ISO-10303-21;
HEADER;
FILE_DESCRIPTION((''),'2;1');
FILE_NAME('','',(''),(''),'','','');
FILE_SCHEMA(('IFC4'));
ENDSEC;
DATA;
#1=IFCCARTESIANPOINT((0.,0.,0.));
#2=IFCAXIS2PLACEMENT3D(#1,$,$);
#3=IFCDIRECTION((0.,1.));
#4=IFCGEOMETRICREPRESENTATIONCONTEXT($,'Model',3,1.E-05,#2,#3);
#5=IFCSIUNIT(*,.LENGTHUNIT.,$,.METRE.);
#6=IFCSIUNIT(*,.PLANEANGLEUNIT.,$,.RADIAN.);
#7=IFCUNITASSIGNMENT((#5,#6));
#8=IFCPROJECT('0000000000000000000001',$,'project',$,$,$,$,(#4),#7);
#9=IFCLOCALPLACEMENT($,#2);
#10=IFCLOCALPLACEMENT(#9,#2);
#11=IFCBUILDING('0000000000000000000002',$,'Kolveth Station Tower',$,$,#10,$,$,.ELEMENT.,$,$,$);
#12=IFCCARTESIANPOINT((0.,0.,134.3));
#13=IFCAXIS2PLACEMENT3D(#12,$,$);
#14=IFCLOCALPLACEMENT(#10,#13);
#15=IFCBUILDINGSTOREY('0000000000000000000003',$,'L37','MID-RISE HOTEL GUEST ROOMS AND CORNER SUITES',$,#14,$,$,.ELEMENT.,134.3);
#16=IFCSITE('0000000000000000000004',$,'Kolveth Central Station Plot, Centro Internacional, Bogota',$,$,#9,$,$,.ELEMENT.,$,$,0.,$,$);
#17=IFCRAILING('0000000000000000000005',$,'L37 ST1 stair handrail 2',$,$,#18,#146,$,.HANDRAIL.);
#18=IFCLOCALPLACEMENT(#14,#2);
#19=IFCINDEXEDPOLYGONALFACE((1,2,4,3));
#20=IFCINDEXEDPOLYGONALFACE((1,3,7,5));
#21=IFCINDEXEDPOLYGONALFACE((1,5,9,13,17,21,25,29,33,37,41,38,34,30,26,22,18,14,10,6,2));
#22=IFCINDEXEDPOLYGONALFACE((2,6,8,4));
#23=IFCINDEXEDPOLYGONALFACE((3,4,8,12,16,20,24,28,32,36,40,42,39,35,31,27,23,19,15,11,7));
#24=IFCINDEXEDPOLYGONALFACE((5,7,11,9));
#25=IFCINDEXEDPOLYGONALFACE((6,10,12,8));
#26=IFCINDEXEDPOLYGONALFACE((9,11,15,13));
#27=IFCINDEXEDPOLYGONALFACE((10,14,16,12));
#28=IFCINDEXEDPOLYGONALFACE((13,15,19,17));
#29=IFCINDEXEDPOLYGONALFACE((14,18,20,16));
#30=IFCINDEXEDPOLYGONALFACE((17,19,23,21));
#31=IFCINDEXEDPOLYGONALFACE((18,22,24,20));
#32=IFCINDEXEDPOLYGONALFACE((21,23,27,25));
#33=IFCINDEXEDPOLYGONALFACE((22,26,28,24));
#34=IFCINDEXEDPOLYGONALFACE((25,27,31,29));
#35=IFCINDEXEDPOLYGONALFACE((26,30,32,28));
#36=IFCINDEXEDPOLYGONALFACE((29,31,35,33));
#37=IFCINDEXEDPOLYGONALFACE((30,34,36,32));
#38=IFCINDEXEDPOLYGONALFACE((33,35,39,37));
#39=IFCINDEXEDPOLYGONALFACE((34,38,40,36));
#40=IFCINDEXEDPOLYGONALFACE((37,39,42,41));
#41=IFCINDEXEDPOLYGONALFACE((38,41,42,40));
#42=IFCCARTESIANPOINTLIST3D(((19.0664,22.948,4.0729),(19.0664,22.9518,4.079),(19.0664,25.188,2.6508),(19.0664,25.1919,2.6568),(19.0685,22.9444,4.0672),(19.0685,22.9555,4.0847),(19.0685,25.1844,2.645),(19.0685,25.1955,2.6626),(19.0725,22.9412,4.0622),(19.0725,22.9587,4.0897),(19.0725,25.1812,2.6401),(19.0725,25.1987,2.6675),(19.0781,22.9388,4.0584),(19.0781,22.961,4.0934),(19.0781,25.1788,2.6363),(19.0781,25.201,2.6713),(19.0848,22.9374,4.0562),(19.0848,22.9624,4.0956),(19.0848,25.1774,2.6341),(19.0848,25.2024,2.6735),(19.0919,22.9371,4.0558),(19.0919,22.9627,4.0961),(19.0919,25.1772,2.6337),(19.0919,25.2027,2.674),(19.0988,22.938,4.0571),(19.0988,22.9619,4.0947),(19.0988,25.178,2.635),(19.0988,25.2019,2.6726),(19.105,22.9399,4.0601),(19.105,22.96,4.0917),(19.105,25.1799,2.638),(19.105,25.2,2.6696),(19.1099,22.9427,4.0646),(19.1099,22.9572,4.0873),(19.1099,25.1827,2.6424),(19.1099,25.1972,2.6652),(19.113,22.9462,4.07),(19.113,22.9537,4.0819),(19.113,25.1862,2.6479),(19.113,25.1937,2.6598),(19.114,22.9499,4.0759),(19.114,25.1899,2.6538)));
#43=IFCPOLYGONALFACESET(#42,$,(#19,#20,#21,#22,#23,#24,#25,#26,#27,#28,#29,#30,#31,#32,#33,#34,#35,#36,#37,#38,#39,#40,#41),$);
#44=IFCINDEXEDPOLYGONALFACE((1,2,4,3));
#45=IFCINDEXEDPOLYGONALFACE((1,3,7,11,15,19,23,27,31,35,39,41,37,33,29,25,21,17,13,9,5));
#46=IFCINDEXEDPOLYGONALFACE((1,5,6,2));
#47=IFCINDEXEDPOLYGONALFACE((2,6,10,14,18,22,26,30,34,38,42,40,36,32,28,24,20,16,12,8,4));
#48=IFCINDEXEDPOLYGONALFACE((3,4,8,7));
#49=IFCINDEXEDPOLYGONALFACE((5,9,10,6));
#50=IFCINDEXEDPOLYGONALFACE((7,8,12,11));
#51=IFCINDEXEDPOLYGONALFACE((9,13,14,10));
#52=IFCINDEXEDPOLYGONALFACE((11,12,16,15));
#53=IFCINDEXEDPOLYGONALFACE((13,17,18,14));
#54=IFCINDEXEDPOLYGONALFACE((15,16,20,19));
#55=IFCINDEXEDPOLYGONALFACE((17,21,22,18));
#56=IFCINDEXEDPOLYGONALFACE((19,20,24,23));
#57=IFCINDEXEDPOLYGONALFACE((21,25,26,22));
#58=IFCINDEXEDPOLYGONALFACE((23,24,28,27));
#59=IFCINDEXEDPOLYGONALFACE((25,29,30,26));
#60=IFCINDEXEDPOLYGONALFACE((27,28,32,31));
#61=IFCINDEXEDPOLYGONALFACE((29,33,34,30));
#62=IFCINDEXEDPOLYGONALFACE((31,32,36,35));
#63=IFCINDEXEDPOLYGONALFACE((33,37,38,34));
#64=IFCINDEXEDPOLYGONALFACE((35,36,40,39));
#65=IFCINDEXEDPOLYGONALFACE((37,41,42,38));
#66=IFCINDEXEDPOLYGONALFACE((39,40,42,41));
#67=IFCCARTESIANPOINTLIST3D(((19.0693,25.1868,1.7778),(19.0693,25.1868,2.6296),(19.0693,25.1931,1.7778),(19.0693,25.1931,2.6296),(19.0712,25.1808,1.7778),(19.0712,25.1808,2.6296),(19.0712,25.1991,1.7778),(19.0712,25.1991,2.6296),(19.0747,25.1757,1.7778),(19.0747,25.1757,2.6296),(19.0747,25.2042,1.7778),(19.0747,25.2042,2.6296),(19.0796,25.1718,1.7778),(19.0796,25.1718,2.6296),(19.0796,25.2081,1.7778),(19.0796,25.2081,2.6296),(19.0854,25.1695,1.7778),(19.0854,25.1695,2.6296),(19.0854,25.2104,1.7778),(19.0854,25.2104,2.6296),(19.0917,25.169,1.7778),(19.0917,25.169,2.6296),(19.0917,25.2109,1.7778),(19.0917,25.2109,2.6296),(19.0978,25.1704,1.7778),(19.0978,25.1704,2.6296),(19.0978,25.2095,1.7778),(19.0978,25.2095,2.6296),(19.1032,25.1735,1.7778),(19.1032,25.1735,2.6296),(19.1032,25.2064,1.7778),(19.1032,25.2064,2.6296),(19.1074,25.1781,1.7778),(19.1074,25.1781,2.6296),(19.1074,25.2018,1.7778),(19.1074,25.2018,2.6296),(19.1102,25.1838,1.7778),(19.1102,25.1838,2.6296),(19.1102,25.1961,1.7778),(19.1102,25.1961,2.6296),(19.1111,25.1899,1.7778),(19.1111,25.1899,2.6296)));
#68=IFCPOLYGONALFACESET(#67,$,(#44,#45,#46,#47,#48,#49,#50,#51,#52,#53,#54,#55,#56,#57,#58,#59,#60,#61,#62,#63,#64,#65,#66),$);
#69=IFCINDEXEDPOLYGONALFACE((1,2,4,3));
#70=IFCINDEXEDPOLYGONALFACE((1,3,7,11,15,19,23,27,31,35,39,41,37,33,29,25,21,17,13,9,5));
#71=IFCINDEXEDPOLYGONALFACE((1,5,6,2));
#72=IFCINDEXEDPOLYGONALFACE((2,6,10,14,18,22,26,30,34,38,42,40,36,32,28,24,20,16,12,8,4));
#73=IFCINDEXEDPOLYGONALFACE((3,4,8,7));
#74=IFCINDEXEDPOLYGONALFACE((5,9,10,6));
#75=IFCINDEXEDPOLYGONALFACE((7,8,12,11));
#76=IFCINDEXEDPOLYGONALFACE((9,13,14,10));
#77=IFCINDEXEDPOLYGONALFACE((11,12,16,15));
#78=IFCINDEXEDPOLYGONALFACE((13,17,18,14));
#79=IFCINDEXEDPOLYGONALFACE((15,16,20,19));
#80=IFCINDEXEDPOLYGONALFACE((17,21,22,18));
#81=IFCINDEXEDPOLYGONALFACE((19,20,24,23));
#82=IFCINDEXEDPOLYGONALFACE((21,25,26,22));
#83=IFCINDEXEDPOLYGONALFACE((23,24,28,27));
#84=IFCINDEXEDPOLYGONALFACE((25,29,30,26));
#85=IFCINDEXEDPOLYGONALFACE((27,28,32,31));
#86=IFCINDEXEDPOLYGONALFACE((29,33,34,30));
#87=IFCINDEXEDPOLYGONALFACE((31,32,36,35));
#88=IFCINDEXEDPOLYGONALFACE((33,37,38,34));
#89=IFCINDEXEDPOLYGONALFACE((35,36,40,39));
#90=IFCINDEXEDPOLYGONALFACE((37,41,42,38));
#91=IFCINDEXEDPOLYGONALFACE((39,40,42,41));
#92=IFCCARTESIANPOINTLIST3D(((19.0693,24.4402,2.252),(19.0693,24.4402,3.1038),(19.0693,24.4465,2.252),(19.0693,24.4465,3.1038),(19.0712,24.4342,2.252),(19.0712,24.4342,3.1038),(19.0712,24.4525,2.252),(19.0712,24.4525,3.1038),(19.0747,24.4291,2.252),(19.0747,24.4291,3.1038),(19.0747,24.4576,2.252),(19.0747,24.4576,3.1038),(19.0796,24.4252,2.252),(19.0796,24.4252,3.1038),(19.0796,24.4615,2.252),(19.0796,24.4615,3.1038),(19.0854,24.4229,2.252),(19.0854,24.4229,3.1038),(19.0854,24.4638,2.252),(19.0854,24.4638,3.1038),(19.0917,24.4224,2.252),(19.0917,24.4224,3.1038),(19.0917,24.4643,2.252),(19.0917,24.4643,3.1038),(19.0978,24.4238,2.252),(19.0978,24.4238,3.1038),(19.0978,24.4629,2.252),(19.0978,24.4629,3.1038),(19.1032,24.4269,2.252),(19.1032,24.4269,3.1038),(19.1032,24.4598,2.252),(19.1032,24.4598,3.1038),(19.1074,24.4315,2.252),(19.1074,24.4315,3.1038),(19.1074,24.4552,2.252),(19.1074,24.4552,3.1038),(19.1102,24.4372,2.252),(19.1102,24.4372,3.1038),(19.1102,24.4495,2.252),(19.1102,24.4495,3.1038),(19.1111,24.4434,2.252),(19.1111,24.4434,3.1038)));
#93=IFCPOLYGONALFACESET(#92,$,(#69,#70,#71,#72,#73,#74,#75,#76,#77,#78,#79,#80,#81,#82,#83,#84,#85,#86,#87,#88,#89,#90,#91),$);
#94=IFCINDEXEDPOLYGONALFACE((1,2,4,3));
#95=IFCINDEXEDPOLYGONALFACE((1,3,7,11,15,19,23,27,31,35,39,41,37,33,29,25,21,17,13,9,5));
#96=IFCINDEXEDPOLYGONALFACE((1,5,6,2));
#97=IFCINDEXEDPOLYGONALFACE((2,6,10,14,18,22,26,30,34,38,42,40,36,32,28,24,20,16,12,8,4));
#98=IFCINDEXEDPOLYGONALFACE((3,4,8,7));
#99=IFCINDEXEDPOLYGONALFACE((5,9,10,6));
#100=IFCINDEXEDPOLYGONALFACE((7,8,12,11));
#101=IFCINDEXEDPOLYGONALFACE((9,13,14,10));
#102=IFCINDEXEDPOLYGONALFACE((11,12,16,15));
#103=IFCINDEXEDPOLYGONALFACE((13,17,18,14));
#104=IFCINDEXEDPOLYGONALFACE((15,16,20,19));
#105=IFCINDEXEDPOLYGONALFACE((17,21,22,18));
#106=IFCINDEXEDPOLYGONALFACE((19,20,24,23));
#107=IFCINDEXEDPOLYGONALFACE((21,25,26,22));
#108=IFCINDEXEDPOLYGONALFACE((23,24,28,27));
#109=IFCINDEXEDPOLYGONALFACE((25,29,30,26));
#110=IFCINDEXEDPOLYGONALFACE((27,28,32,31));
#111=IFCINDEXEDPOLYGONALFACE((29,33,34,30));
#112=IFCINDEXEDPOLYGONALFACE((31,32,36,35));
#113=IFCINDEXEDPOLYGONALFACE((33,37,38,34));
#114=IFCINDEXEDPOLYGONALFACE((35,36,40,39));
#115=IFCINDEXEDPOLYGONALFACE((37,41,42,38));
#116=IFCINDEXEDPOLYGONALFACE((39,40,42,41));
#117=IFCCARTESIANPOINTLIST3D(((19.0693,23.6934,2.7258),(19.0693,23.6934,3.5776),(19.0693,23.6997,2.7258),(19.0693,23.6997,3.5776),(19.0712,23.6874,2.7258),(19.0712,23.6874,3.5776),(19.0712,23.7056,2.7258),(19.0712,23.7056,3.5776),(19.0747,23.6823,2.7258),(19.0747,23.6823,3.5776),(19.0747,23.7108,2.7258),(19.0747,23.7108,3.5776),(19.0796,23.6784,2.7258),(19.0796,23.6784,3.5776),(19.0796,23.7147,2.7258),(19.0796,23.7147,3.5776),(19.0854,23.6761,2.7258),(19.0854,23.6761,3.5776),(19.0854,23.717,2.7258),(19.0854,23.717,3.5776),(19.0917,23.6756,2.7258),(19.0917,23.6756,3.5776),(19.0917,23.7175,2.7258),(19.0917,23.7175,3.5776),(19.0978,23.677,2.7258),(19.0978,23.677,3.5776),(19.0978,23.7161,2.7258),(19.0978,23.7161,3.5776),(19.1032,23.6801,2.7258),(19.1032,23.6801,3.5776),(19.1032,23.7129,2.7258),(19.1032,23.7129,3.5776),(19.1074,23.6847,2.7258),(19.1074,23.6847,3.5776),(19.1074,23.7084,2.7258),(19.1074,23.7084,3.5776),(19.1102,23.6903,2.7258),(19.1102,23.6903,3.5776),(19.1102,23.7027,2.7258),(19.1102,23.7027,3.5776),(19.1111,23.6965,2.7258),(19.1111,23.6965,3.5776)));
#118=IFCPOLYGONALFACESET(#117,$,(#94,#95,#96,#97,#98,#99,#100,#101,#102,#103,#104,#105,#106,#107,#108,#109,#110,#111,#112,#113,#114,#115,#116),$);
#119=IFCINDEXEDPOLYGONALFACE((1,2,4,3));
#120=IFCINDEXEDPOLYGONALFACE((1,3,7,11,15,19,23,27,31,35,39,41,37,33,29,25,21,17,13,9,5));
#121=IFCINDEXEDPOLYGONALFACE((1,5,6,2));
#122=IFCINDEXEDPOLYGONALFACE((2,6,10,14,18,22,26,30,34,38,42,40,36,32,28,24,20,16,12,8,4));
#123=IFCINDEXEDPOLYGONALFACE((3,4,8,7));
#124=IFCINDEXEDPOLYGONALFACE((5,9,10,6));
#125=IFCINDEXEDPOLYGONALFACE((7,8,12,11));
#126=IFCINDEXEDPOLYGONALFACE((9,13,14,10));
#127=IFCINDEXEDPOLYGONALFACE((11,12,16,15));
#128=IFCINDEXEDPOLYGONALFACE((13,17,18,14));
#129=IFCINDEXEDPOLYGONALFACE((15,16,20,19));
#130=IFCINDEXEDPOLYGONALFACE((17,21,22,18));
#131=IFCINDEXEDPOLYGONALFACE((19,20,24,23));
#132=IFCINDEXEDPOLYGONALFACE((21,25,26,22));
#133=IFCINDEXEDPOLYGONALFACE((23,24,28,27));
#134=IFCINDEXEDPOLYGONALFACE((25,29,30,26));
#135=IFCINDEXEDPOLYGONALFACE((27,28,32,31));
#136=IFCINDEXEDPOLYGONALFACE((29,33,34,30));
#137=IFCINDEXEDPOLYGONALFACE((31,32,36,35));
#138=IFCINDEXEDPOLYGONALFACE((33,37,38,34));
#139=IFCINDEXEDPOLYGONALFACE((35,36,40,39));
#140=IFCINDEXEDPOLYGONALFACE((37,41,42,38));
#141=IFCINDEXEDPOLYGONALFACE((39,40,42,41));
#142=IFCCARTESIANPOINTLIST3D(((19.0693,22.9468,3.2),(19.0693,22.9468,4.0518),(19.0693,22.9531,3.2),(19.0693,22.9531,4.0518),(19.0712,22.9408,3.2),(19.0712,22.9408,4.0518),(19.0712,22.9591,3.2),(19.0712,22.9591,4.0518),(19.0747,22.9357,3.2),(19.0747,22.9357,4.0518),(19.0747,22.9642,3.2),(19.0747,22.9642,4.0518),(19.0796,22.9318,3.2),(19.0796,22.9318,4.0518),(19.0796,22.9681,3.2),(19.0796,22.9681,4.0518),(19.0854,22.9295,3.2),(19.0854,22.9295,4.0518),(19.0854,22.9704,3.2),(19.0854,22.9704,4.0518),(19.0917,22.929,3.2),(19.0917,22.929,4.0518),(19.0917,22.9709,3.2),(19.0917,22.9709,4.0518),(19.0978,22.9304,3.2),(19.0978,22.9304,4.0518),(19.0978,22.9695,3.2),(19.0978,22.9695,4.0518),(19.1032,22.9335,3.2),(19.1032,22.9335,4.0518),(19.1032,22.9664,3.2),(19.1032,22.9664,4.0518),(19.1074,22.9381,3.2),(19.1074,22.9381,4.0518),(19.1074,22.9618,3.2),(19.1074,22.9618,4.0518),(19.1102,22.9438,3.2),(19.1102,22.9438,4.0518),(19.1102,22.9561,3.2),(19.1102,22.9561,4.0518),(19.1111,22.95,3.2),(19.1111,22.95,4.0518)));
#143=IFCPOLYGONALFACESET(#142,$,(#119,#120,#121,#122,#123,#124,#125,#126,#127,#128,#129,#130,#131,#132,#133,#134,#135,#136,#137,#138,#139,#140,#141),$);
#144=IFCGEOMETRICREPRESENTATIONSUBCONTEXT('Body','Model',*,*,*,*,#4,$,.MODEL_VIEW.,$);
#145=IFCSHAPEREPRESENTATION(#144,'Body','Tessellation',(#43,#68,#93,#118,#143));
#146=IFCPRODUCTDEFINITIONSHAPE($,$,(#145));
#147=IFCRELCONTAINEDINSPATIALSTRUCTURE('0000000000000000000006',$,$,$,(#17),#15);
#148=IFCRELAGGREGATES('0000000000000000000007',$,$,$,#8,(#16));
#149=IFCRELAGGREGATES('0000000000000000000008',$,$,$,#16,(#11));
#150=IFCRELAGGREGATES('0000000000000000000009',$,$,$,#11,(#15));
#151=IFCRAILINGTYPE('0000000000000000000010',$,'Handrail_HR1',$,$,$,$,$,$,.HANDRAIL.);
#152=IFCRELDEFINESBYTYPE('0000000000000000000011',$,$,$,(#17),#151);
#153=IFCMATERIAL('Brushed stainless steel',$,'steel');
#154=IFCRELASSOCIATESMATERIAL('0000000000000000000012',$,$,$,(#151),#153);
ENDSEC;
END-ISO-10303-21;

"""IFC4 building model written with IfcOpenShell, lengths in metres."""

from ifc_helpers import new_model, si_unit, direction, frame, origin, origin_2d, place, context, subcontext, project, spatial, circle, extrude, material, type_object, element, save


model = new_model("IFC4")

# Units and contexts
model_context = context("Model", 3, precision=1e-05, world=origin(), true_north=direction((0.0, 1.0)))
body_context = subcontext(model_context, "Body", "Model", "MODEL_VIEW")
ifc_project = project(units=[si_unit("LENGTHUNIT", "METRE"), si_unit("PLANEANGLEUNIT", "RADIAN")], contexts=[model_context])

# Site, building, storey
site_placement = place(None, origin())
site = spatial("IfcSite", under=ifc_project, at=site_placement, Name="Kolveth Central Station Plot, Centro Internacional, Bogota", CompositionType="ELEMENT", RefElevation=0.0)
building_placement = place(site_placement, origin())
building = spatial("IfcBuilding", under=site, at=building_placement, Name="Kolveth Station Tower", CompositionType="ELEMENT")
storey_placement = place(building_placement, frame((0.0, 0.0, 134.3)))
storey = spatial("IfcBuildingStorey", under=building, at=storey_placement, Name="L37", Description="MID-RISE HOTEL GUEST ROOMS AND CORNER SUITES", CompositionType="ELEMENT", Elevation=134.3)

# Railing
ifc_material_1 = material(Name="Brushed stainless steel", Category="steel")
railing_type_1 = type_object("IfcRailingType", Name="Handrail_HR1", PredefinedType="HANDRAIL", material=ifc_material_1)
railing_1_placement = place(storey_placement, frame((19.0901, 25.1899, 1.7778)))
element("IfcRailing", 1, at=railing_1_placement, inside=storey, type_object=railing_type_1, Name="L37 ST1 stair handrail 2", PredefinedType="HANDRAIL", context=body_context, shape_type="SweptSolid", body=[
    extrude(circle(Radius=0.0239, at=origin_2d()), frame((0.0, 0.0, 0.876), z_axis=(0.0, -0.844229, 0.535982), x_axis=(1.0, 0.0, 0.0)), (0.0, 0.0, 1.0), 2.6533),
    extrude(circle(Radius=0.021, at=origin_2d()), origin(), (0.0, 0.0, 1.0), 0.8518),
    extrude(circle(Radius=0.021, at=origin_2d()), frame((0.0, -0.7466, 0.4741)), (0.0, 0.0, 1.0), 0.8518),
    extrude(circle(Radius=0.021, at=origin_2d()), frame((0.0, -1.4934, 0.948)), (0.0, 0.0, 1.0), 0.8518),
    extrude(circle(Radius=0.021, at=origin_2d()), frame((0.0, -2.24, 1.4221)), (0.0, 0.0, 1.0), 0.8518),
])

save(model, "model.ifc")
